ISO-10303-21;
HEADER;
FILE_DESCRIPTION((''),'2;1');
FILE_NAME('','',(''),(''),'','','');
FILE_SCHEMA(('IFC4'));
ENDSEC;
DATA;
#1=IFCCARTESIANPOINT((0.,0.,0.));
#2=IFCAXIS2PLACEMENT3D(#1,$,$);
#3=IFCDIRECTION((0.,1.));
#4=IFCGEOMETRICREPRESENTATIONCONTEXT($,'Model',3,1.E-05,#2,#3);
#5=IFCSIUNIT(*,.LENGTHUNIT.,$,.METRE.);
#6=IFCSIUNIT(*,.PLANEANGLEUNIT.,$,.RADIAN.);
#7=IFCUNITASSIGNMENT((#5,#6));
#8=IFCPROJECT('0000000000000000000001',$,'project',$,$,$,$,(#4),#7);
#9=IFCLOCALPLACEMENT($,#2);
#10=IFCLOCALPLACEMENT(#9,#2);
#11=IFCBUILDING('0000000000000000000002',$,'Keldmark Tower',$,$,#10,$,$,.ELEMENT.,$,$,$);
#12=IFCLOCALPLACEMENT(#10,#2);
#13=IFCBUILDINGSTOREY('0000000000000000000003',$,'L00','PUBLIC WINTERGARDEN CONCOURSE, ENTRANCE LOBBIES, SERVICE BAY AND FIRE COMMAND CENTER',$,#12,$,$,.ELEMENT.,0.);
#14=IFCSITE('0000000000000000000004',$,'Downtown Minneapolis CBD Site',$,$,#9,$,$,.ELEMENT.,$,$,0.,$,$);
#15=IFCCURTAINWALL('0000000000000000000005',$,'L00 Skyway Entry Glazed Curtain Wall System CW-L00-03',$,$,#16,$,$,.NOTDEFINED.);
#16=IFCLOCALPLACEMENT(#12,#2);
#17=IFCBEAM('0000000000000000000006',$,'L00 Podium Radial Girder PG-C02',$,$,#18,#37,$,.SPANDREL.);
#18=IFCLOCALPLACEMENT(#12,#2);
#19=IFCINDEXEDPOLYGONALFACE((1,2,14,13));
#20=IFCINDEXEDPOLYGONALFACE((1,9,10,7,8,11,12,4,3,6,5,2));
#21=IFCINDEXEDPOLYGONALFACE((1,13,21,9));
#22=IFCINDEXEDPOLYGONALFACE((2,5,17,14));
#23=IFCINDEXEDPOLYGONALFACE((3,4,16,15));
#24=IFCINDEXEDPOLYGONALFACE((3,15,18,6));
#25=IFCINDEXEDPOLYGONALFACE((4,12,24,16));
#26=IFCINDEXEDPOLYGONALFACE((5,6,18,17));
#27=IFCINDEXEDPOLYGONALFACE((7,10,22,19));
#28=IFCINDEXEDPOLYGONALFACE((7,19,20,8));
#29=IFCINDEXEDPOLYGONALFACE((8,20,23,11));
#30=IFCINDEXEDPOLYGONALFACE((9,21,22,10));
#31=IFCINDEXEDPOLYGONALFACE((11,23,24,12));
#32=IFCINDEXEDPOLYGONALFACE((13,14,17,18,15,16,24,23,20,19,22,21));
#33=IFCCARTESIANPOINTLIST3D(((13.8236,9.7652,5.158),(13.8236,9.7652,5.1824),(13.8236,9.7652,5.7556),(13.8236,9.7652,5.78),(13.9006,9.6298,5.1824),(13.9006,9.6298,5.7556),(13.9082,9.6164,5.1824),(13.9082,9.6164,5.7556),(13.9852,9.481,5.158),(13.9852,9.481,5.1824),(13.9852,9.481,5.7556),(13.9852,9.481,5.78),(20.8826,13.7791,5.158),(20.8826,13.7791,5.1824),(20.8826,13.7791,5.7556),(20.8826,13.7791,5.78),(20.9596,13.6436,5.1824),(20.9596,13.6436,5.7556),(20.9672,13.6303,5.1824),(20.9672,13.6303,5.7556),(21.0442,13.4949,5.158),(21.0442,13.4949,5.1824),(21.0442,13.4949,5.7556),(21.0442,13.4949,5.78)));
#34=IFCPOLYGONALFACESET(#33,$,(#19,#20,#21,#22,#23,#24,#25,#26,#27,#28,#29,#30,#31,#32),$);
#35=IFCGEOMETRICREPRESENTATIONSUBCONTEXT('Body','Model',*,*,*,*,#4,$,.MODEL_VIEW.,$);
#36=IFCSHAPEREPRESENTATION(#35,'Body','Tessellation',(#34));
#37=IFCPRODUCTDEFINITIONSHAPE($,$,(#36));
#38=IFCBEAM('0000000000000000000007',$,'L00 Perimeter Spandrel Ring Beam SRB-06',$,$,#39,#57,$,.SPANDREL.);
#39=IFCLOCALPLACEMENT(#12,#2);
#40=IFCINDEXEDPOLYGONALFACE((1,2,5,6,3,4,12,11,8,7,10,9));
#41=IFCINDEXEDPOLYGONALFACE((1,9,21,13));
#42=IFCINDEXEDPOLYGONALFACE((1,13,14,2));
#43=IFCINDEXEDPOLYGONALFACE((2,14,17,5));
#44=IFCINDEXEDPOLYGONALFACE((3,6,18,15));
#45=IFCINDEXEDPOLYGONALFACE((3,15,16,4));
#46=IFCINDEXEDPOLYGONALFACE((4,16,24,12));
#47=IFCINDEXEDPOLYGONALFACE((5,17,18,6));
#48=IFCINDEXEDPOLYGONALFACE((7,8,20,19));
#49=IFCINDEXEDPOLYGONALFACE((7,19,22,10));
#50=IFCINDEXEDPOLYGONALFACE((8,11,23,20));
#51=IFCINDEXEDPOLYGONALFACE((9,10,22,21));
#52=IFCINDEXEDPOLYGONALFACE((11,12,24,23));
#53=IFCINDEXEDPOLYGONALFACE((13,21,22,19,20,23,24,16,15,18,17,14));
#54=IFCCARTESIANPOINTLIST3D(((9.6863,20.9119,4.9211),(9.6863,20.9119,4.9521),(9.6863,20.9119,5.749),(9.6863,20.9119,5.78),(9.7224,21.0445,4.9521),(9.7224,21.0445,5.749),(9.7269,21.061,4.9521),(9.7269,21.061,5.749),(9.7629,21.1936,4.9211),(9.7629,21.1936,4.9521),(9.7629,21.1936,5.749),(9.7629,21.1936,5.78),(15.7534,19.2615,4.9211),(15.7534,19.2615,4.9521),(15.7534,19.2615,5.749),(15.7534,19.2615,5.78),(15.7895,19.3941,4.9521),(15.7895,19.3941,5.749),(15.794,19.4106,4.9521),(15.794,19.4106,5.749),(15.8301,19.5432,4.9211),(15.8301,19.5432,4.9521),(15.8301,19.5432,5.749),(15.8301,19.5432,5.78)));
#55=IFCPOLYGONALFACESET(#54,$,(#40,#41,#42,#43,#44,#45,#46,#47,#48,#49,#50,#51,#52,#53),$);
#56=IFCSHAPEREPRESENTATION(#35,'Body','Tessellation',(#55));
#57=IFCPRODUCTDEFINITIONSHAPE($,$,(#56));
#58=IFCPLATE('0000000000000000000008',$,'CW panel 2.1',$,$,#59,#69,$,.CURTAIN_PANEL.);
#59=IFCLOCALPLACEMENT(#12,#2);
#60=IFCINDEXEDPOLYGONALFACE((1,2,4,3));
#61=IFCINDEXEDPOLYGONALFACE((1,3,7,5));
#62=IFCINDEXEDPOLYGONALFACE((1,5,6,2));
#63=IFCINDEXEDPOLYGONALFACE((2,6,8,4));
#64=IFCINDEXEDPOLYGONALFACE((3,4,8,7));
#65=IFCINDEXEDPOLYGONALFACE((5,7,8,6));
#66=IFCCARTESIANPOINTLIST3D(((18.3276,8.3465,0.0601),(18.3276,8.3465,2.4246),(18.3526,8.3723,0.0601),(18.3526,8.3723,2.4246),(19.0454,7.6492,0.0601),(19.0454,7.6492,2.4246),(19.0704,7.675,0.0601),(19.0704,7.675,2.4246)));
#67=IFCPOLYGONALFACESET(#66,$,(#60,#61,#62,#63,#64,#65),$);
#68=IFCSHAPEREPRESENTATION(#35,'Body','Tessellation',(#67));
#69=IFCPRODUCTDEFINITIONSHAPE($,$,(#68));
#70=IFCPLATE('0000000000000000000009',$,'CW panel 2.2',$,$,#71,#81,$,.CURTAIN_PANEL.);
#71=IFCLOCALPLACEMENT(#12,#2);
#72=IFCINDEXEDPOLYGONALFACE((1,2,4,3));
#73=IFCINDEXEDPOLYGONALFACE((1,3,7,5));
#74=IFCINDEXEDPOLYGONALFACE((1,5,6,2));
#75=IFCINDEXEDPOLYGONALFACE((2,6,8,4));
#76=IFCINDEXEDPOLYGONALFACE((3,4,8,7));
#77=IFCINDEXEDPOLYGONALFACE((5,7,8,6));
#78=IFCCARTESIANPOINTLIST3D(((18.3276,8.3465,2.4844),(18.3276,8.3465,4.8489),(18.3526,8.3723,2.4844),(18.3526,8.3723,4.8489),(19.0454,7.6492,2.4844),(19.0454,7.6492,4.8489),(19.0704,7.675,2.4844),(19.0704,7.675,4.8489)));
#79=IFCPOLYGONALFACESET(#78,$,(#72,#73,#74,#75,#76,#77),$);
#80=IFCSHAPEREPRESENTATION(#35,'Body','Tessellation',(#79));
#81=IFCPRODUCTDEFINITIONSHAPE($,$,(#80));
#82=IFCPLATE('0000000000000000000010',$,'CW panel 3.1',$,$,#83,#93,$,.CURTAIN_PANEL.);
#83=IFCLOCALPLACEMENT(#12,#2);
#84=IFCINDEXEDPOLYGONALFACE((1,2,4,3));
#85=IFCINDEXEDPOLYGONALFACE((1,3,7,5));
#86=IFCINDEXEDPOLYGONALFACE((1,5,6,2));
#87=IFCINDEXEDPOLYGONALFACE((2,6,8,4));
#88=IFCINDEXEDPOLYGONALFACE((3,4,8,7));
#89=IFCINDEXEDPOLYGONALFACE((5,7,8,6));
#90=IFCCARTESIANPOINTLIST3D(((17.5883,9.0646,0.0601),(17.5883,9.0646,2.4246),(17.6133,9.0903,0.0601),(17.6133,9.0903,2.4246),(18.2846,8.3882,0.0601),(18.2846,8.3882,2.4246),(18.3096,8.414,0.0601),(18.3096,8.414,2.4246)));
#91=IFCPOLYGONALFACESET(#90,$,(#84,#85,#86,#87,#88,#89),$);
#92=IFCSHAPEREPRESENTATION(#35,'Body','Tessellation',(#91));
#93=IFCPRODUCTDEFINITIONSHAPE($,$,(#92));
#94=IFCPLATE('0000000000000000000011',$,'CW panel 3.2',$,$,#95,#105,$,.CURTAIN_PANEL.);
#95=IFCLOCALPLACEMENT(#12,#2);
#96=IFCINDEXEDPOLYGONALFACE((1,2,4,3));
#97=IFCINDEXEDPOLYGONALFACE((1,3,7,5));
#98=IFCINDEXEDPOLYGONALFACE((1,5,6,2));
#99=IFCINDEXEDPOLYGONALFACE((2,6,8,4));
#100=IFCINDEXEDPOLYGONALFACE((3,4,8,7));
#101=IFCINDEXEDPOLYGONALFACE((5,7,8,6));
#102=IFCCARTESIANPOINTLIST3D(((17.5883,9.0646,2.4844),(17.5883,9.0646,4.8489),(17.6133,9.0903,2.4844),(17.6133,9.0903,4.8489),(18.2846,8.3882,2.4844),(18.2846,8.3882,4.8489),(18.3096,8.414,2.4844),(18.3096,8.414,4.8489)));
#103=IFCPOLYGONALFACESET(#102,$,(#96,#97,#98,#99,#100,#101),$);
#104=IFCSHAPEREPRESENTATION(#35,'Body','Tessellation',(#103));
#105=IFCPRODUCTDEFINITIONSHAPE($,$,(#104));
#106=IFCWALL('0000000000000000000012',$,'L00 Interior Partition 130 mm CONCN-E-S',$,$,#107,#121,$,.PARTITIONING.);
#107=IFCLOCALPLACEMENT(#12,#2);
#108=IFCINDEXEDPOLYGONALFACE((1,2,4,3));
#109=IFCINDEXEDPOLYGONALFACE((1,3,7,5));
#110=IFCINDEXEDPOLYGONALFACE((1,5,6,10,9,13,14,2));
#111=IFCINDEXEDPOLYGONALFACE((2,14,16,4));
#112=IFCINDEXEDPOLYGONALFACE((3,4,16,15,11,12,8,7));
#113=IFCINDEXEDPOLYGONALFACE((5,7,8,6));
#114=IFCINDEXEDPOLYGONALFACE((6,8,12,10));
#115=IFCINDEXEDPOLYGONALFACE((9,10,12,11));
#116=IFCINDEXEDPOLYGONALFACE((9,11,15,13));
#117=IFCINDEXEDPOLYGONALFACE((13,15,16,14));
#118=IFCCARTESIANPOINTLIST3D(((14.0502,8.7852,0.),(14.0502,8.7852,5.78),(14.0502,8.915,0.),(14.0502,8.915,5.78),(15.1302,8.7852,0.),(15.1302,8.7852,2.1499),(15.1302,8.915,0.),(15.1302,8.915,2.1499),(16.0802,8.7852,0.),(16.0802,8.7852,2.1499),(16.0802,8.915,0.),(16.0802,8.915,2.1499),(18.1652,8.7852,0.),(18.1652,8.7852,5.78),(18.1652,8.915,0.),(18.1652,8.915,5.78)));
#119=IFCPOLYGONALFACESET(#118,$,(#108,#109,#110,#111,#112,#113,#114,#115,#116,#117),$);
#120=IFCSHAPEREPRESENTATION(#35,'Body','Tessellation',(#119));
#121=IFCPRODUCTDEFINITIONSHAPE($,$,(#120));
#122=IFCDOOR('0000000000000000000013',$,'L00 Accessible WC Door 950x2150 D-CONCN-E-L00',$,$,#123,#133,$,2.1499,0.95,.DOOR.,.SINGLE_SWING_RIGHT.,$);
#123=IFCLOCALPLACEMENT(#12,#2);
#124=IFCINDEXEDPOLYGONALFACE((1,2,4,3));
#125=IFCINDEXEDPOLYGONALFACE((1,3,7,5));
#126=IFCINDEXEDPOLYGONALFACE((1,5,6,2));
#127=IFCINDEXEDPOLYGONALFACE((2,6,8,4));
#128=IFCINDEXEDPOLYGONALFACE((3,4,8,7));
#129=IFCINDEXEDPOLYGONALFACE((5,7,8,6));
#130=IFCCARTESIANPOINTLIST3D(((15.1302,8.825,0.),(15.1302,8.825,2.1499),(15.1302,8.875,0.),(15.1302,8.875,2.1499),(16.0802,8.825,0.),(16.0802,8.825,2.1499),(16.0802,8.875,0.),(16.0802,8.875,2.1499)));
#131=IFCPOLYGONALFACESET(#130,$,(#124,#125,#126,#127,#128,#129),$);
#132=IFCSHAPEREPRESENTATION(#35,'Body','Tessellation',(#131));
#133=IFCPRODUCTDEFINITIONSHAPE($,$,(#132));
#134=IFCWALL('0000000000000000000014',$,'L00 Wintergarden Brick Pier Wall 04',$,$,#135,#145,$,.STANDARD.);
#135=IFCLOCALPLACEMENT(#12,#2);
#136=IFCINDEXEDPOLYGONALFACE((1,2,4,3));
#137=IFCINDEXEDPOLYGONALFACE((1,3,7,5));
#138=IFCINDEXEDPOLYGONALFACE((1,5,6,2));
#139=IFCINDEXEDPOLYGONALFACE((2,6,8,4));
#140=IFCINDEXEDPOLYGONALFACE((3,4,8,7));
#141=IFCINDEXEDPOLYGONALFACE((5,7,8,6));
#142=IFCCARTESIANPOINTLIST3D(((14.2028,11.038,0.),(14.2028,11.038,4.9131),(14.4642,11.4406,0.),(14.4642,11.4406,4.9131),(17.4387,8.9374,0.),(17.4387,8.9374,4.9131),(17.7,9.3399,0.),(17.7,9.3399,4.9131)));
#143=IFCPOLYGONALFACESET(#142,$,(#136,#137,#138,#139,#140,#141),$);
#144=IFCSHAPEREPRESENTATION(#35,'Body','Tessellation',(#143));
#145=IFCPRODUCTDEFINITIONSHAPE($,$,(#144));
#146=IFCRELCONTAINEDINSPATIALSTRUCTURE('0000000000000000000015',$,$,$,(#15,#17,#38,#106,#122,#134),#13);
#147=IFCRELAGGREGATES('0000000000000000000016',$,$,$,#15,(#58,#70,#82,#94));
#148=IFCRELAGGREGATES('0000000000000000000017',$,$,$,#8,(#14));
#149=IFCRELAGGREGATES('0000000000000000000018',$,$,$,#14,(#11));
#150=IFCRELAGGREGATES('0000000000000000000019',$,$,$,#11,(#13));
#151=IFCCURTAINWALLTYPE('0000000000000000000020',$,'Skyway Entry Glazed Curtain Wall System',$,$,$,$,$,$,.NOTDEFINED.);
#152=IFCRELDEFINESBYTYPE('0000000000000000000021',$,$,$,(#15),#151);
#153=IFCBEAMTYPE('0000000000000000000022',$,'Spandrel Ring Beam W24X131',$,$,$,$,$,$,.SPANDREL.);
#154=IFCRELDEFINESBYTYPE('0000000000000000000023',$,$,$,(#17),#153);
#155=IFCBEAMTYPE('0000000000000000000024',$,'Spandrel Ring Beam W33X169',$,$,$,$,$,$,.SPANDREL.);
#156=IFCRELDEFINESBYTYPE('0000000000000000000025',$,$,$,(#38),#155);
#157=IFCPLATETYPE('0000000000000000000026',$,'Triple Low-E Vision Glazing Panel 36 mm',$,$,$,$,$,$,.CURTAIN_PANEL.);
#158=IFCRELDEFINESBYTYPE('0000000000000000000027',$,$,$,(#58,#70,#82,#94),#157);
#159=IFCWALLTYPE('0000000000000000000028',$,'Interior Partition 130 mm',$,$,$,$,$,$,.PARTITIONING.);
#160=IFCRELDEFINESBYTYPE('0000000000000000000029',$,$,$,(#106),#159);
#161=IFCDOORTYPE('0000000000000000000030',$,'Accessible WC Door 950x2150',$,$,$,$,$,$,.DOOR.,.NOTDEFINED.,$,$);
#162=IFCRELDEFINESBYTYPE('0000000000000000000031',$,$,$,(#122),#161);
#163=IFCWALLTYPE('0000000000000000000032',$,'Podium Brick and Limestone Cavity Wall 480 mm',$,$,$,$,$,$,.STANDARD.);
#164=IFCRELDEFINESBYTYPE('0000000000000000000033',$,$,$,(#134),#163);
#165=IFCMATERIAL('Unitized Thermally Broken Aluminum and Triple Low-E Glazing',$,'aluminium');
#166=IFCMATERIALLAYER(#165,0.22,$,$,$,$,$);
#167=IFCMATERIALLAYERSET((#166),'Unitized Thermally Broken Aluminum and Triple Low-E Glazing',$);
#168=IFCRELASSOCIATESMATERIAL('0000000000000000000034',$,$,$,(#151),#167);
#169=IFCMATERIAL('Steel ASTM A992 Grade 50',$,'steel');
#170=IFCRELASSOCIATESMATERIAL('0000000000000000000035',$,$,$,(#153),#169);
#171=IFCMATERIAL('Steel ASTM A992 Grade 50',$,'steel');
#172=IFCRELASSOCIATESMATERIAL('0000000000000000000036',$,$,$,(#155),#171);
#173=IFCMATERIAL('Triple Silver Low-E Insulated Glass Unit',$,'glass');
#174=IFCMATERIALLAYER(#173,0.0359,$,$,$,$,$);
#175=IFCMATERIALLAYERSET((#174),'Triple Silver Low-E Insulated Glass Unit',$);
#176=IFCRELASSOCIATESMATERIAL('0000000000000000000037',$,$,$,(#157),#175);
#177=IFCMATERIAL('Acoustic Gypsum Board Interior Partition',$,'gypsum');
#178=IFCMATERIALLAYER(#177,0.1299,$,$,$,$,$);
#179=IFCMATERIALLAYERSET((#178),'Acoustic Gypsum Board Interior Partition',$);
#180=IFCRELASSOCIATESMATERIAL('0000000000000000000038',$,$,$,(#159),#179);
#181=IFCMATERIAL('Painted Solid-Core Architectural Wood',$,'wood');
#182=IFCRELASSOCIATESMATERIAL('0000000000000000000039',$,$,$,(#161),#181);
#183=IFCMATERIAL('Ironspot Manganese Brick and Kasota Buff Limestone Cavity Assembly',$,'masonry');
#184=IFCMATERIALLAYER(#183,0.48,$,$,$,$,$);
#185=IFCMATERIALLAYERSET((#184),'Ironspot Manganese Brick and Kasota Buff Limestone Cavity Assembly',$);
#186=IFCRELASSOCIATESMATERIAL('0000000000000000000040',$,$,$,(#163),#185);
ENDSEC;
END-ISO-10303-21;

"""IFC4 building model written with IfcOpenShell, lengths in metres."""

from ifc_helpers import new_model, si_unit, direction, frame, frame_2d, origin, origin_2d, place, context, subcontext, project, spatial, rectangle, i_section, extrude, material, layer, layer_set, material_profile, profile_set, type_object, element, fill, aggregate, save


model = new_model("IFC4")

# Units and contexts
model_context = context("Model", 3, precision=1e-05, world=origin(), true_north=direction((0.0, 1.0)))
body_context = subcontext(model_context, "Body", "Model", "MODEL_VIEW")
ifc_project = project(units=[si_unit("LENGTHUNIT", "METRE"), si_unit("PLANEANGLEUNIT", "RADIAN")], contexts=[model_context])

# Site, building, storey
site_placement = place(None, origin())
site = spatial("IfcSite", under=ifc_project, at=site_placement, Name="Downtown Minneapolis CBD Site", CompositionType="ELEMENT", RefElevation=0.0)
building_placement = place(site_placement, origin())
building = spatial("IfcBuilding", under=site, at=building_placement, Name="Keldmark Tower", CompositionType="ELEMENT")
storey_placement = place(building_placement, origin())
storey = spatial("IfcBuildingStorey", under=building, at=storey_placement, Name="L00", Description="PUBLIC WINTERGARDEN CONCOURSE, ENTRANCE LOBBIES, SERVICE BAY AND FIRE COMMAND CENTER", CompositionType="ELEMENT", Elevation=0.0)

# Curtain wall
ifc_material_1 = material(Name="Unitized Thermally Broken Aluminum and Triple Low-E Glazing", Category="aluminium")
ifc_layer_1 = layer(ifc_material_1, 0.22)
ifc_layer_set_1 = layer_set([ifc_layer_1], Name="Unitized Thermally Broken Aluminum and Triple Low-E Glazing")
curtain_wall_type = type_object("IfcCurtainWallType", Name="Skyway Entry Glazed Curtain Wall System", PredefinedType="NOTDEFINED", material=ifc_layer_set_1)
curtain_wall_placement = place(storey_placement, origin())
curtain_wall = element("IfcCurtainWall", 1, at=curtain_wall_placement, inside=storey, type_object=curtain_wall_type, Name="L00 Skyway Entry Glazed Curtain Wall System CW-L00-03", PredefinedType="NOTDEFINED")

# Beams
ifc_material_2 = material(Name="Steel ASTM A992 Grade 50", Category="steel")
ifc_material_profile_1 = material_profile(ifc_material_2, i_section(OverallWidth=0.3269, OverallDepth=0.6221, WebThickness=0.0154, FlangeThickness=0.0244, at=origin_2d()), Name="W24X131")
ifc_profile_set_1 = profile_set([ifc_material_profile_1], Name="Steel ASTM A992 Grade 50")
beam_type_1 = type_object("IfcBeamType", Name="Spandrel Ring Beam W24X131", PredefinedType="SPANDREL", material=ifc_profile_set_1)
beam_1_placement = place(storey_placement, frame((20.9634, 13.637, 5.469), z_axis=(-0.869294, -0.494296, 0.0), x_axis=(0.494296, -0.869294, 0.0)))
element("IfcBeam", 2, at=beam_1_placement, inside=storey, type_object=beam_type_1, Name="L00 Podium Radial Girder PG-C02", PredefinedType="SPANDREL", context=body_context, shape_type="SweptSolid", body=[
    extrude(i_section(OverallWidth=0.3269, OverallDepth=0.6221, WebThickness=0.0154, FlangeThickness=0.0244, at=origin_2d()), origin(), (0.0, 0.0, 1.0), 8.1204),
])
ifc_material_3 = material(Name="Steel ASTM A992 Grade 50", Category="steel")
ifc_material_profile_2 = material_profile(ifc_material_3, i_section(OverallWidth=0.292, OverallDepth=0.8589, WebThickness=0.0171, FlangeThickness=0.031, at=origin_2d()), Name="W33X169")
ifc_profile_set_2 = profile_set([ifc_material_profile_2], Name="Steel ASTM A992 Grade 50")
beam_type_2 = type_object("IfcBeamType", Name="Spandrel Ring Beam W33X169", PredefinedType="SPANDREL", material=ifc_profile_set_2)
beam_2_placement = place(storey_placement, frame((15.7917, 19.4023, 5.3506), z_axis=(-0.964937, 0.262483, 0.0), x_axis=(-0.262483, -0.964937, 0.0)))
element("IfcBeam", 3, at=beam_2_placement, inside=storey, type_object=beam_type_2, Name="L00 Perimeter Spandrel Ring Beam SRB-06", PredefinedType="SPANDREL", context=body_context, shape_type="SweptSolid", body=[
    extrude(i_section(OverallWidth=0.292, OverallDepth=0.8589, WebThickness=0.0171, FlangeThickness=0.031, at=origin_2d()), origin(), (0.0, 0.0, 1.0), 6.2876),
])

# Plates
ifc_material_4 = material(Name="Triple Silver Low-E Insulated Glass Unit", Category="glass")
ifc_layer_2 = layer(ifc_material_4, 0.0359)
ifc_layer_set_2 = layer_set([ifc_layer_2], Name="Triple Silver Low-E Insulated Glass Unit")
plate_type = type_object("IfcPlateType", Name="Triple Low-E Vision Glazing Panel 36 mm", PredefinedType="CURTAIN_PANEL", material=ifc_layer_set_2)
plate_1_placement = place(storey_placement, frame((18.699, 8.0107, 0.0601), z_axis=(0.0, 0.0, 1.0), x_axis=(-0.717293, 0.696771, 0.0)))
plate_1 = element("IfcPlate", 4, at=plate_1_placement, type_object=plate_type, Name="CW panel 2.1", PredefinedType="CURTAIN_PANEL", context=body_context, shape_type="SweptSolid", body=[
    extrude(rectangle(XDim=1.0007, YDim=0.0359, at=origin_2d()), origin(), (0.0, 0.0, 1.0), 2.3645),
])
plate_2_placement = place(storey_placement, frame((18.699, 8.0107, 2.4844), z_axis=(0.0, 0.0, 1.0), x_axis=(-0.717293, 0.696771, 0.0)))
plate_2 = element("IfcPlate", 5, at=plate_2_placement, type_object=plate_type, Name="CW panel 2.2", PredefinedType="CURTAIN_PANEL", context=body_context, shape_type="SweptSolid", body=[
    extrude(rectangle(XDim=1.0007, YDim=0.0359, at=origin_2d()), origin(), (0.0, 0.0, 1.0), 2.3645),
])
plate_3_placement = place(storey_placement, frame((17.949, 8.7393, 0.0601), z_axis=(0.0, 0.0, 1.0), x_axis=(-0.717293, 0.696771, 0.0)))
plate_3 = element("IfcPlate", 6, at=plate_3_placement, type_object=plate_type, Name="CW panel 3.1", PredefinedType="CURTAIN_PANEL", context=body_context, shape_type="SweptSolid", body=[
    extrude(rectangle(XDim=0.9707, YDim=0.0359, at=origin_2d()), origin(), (0.0, 0.0, 1.0), 2.3645),
])
plate_4_placement = place(storey_placement, frame((17.949, 8.7393, 2.4844), z_axis=(0.0, 0.0, 1.0), x_axis=(-0.717293, 0.696771, 0.0)))
plate_4 = element("IfcPlate", 7, at=plate_4_placement, type_object=plate_type, Name="CW panel 3.2", PredefinedType="CURTAIN_PANEL", context=body_context, shape_type="SweptSolid", body=[
    extrude(rectangle(XDim=0.9707, YDim=0.0359, at=origin_2d()), origin(), (0.0, 0.0, 1.0), 2.3645),
])
aggregate(curtain_wall, [plate_1, plate_2, plate_3, plate_4])

# Wall, opening, door
ifc_material_5 = material(Name="Acoustic Gypsum Board Interior Partition", Category="gypsum")
ifc_layer_3 = layer(ifc_material_5, 0.1299)
ifc_layer_set_3 = layer_set([ifc_layer_3], Name="Acoustic Gypsum Board Interior Partition")
wall_type_1 = type_object("IfcWallType", Name="Interior Partition 130 mm", PredefinedType="PARTITIONING", material=ifc_layer_set_3)
wall_1_placement = place(storey_placement, frame((14.05, 8.8501, 0.0), z_axis=(0.0, 0.0, 1.0), x_axis=(1.0, 0.0, 0.0)))
wall_1 = element("IfcWall", 8, at=wall_1_placement, inside=storey, type_object=wall_type_1, Name="L00 Interior Partition 130 mm CONCN-E-S", PredefinedType="PARTITIONING", context=body_context, shape_type="SweptSolid", body=[
    extrude(rectangle(XDim=4.115, YDim=0.1299, at=frame_2d((2.0576, 0.0))), origin(), (0.0, 0.0, 1.0), 5.78),
])
opening_placement = place(wall_1_placement, frame((1.0801, 0.0, 0.0)))
opening = element("IfcOpeningElement", 9, at=opening_placement, cuts=wall_1, PredefinedType="OPENING", context=body_context, shape_type="SweptSolid", body=[
    extrude(rectangle(XDim=0.95, YDim=2.1499, at=frame_2d((0.4751, 1.075))), frame((0.0, 0.075, 0.0), z_axis=(0.0, -1.0, 0.0), x_axis=(1.0, 0.0, 0.0)), (0.0, 0.0, 1.0), 0.1499),
])
ifc_material_6 = material(Name="Painted Solid-Core Architectural Wood", Category="wood")
door_type = type_object("IfcDoorType", Name="Accessible WC Door 950x2150", OperationType="NOTDEFINED", PredefinedType="DOOR", material=ifc_material_6)
door_placement = place(opening_placement, origin())
door = element("IfcDoor", 10, at=door_placement, inside=storey, type_object=door_type, Name="L00 Accessible WC Door 950x2150 D-CONCN-E-L00", OperationType="SINGLE_SWING_RIGHT", OverallHeight=2.1499, OverallWidth=0.95, PredefinedType="DOOR", context=body_context, shape_type="SweptSolid", body=[
    extrude(rectangle(XDim=0.95, YDim=2.1499, at=frame_2d((0.4751, 1.075))), frame((0.0, 0.0249, 0.0), z_axis=(0.0, -1.0, 0.0), x_axis=(1.0, 0.0, 0.0)), (0.0, 0.0, 1.0), 0.05),
])
fill(opening, door)

# Wall
ifc_material_7 = material(Name="Ironspot Manganese Brick and Kasota Buff Limestone Cavity Assembly", Category="masonry")
ifc_layer_4 = layer(ifc_material_7, 0.48)
ifc_layer_set_4 = layer_set([ifc_layer_4], Name="Ironspot Manganese Brick and Kasota Buff Limestone Cavity Assembly")
wall_type_2 = type_object("IfcWallType", Name="Podium Brick and Limestone Cavity Wall 480 mm", PredefinedType="STANDARD", material=ifc_layer_set_4)
wall_2_placement = place(storey_placement, frame((14.3335, 11.2393, 0.0), z_axis=(0.0, 0.0, 1.0), x_axis=(0.838764, -0.544494, 0.0)))
element("IfcWall", 11, at=wall_2_placement, inside=storey, type_object=wall_type_2, Name="L00 Wintergarden Brick Pier Wall 04", PredefinedType="STANDARD", context=body_context, shape_type="SweptSolid", body=[
    extrude(rectangle(XDim=3.8579, YDim=0.48, at=frame_2d((1.929, 0.0))), origin(), (0.0, 0.0, 1.0), 4.9131),
])

save(model, "model.ifc")
